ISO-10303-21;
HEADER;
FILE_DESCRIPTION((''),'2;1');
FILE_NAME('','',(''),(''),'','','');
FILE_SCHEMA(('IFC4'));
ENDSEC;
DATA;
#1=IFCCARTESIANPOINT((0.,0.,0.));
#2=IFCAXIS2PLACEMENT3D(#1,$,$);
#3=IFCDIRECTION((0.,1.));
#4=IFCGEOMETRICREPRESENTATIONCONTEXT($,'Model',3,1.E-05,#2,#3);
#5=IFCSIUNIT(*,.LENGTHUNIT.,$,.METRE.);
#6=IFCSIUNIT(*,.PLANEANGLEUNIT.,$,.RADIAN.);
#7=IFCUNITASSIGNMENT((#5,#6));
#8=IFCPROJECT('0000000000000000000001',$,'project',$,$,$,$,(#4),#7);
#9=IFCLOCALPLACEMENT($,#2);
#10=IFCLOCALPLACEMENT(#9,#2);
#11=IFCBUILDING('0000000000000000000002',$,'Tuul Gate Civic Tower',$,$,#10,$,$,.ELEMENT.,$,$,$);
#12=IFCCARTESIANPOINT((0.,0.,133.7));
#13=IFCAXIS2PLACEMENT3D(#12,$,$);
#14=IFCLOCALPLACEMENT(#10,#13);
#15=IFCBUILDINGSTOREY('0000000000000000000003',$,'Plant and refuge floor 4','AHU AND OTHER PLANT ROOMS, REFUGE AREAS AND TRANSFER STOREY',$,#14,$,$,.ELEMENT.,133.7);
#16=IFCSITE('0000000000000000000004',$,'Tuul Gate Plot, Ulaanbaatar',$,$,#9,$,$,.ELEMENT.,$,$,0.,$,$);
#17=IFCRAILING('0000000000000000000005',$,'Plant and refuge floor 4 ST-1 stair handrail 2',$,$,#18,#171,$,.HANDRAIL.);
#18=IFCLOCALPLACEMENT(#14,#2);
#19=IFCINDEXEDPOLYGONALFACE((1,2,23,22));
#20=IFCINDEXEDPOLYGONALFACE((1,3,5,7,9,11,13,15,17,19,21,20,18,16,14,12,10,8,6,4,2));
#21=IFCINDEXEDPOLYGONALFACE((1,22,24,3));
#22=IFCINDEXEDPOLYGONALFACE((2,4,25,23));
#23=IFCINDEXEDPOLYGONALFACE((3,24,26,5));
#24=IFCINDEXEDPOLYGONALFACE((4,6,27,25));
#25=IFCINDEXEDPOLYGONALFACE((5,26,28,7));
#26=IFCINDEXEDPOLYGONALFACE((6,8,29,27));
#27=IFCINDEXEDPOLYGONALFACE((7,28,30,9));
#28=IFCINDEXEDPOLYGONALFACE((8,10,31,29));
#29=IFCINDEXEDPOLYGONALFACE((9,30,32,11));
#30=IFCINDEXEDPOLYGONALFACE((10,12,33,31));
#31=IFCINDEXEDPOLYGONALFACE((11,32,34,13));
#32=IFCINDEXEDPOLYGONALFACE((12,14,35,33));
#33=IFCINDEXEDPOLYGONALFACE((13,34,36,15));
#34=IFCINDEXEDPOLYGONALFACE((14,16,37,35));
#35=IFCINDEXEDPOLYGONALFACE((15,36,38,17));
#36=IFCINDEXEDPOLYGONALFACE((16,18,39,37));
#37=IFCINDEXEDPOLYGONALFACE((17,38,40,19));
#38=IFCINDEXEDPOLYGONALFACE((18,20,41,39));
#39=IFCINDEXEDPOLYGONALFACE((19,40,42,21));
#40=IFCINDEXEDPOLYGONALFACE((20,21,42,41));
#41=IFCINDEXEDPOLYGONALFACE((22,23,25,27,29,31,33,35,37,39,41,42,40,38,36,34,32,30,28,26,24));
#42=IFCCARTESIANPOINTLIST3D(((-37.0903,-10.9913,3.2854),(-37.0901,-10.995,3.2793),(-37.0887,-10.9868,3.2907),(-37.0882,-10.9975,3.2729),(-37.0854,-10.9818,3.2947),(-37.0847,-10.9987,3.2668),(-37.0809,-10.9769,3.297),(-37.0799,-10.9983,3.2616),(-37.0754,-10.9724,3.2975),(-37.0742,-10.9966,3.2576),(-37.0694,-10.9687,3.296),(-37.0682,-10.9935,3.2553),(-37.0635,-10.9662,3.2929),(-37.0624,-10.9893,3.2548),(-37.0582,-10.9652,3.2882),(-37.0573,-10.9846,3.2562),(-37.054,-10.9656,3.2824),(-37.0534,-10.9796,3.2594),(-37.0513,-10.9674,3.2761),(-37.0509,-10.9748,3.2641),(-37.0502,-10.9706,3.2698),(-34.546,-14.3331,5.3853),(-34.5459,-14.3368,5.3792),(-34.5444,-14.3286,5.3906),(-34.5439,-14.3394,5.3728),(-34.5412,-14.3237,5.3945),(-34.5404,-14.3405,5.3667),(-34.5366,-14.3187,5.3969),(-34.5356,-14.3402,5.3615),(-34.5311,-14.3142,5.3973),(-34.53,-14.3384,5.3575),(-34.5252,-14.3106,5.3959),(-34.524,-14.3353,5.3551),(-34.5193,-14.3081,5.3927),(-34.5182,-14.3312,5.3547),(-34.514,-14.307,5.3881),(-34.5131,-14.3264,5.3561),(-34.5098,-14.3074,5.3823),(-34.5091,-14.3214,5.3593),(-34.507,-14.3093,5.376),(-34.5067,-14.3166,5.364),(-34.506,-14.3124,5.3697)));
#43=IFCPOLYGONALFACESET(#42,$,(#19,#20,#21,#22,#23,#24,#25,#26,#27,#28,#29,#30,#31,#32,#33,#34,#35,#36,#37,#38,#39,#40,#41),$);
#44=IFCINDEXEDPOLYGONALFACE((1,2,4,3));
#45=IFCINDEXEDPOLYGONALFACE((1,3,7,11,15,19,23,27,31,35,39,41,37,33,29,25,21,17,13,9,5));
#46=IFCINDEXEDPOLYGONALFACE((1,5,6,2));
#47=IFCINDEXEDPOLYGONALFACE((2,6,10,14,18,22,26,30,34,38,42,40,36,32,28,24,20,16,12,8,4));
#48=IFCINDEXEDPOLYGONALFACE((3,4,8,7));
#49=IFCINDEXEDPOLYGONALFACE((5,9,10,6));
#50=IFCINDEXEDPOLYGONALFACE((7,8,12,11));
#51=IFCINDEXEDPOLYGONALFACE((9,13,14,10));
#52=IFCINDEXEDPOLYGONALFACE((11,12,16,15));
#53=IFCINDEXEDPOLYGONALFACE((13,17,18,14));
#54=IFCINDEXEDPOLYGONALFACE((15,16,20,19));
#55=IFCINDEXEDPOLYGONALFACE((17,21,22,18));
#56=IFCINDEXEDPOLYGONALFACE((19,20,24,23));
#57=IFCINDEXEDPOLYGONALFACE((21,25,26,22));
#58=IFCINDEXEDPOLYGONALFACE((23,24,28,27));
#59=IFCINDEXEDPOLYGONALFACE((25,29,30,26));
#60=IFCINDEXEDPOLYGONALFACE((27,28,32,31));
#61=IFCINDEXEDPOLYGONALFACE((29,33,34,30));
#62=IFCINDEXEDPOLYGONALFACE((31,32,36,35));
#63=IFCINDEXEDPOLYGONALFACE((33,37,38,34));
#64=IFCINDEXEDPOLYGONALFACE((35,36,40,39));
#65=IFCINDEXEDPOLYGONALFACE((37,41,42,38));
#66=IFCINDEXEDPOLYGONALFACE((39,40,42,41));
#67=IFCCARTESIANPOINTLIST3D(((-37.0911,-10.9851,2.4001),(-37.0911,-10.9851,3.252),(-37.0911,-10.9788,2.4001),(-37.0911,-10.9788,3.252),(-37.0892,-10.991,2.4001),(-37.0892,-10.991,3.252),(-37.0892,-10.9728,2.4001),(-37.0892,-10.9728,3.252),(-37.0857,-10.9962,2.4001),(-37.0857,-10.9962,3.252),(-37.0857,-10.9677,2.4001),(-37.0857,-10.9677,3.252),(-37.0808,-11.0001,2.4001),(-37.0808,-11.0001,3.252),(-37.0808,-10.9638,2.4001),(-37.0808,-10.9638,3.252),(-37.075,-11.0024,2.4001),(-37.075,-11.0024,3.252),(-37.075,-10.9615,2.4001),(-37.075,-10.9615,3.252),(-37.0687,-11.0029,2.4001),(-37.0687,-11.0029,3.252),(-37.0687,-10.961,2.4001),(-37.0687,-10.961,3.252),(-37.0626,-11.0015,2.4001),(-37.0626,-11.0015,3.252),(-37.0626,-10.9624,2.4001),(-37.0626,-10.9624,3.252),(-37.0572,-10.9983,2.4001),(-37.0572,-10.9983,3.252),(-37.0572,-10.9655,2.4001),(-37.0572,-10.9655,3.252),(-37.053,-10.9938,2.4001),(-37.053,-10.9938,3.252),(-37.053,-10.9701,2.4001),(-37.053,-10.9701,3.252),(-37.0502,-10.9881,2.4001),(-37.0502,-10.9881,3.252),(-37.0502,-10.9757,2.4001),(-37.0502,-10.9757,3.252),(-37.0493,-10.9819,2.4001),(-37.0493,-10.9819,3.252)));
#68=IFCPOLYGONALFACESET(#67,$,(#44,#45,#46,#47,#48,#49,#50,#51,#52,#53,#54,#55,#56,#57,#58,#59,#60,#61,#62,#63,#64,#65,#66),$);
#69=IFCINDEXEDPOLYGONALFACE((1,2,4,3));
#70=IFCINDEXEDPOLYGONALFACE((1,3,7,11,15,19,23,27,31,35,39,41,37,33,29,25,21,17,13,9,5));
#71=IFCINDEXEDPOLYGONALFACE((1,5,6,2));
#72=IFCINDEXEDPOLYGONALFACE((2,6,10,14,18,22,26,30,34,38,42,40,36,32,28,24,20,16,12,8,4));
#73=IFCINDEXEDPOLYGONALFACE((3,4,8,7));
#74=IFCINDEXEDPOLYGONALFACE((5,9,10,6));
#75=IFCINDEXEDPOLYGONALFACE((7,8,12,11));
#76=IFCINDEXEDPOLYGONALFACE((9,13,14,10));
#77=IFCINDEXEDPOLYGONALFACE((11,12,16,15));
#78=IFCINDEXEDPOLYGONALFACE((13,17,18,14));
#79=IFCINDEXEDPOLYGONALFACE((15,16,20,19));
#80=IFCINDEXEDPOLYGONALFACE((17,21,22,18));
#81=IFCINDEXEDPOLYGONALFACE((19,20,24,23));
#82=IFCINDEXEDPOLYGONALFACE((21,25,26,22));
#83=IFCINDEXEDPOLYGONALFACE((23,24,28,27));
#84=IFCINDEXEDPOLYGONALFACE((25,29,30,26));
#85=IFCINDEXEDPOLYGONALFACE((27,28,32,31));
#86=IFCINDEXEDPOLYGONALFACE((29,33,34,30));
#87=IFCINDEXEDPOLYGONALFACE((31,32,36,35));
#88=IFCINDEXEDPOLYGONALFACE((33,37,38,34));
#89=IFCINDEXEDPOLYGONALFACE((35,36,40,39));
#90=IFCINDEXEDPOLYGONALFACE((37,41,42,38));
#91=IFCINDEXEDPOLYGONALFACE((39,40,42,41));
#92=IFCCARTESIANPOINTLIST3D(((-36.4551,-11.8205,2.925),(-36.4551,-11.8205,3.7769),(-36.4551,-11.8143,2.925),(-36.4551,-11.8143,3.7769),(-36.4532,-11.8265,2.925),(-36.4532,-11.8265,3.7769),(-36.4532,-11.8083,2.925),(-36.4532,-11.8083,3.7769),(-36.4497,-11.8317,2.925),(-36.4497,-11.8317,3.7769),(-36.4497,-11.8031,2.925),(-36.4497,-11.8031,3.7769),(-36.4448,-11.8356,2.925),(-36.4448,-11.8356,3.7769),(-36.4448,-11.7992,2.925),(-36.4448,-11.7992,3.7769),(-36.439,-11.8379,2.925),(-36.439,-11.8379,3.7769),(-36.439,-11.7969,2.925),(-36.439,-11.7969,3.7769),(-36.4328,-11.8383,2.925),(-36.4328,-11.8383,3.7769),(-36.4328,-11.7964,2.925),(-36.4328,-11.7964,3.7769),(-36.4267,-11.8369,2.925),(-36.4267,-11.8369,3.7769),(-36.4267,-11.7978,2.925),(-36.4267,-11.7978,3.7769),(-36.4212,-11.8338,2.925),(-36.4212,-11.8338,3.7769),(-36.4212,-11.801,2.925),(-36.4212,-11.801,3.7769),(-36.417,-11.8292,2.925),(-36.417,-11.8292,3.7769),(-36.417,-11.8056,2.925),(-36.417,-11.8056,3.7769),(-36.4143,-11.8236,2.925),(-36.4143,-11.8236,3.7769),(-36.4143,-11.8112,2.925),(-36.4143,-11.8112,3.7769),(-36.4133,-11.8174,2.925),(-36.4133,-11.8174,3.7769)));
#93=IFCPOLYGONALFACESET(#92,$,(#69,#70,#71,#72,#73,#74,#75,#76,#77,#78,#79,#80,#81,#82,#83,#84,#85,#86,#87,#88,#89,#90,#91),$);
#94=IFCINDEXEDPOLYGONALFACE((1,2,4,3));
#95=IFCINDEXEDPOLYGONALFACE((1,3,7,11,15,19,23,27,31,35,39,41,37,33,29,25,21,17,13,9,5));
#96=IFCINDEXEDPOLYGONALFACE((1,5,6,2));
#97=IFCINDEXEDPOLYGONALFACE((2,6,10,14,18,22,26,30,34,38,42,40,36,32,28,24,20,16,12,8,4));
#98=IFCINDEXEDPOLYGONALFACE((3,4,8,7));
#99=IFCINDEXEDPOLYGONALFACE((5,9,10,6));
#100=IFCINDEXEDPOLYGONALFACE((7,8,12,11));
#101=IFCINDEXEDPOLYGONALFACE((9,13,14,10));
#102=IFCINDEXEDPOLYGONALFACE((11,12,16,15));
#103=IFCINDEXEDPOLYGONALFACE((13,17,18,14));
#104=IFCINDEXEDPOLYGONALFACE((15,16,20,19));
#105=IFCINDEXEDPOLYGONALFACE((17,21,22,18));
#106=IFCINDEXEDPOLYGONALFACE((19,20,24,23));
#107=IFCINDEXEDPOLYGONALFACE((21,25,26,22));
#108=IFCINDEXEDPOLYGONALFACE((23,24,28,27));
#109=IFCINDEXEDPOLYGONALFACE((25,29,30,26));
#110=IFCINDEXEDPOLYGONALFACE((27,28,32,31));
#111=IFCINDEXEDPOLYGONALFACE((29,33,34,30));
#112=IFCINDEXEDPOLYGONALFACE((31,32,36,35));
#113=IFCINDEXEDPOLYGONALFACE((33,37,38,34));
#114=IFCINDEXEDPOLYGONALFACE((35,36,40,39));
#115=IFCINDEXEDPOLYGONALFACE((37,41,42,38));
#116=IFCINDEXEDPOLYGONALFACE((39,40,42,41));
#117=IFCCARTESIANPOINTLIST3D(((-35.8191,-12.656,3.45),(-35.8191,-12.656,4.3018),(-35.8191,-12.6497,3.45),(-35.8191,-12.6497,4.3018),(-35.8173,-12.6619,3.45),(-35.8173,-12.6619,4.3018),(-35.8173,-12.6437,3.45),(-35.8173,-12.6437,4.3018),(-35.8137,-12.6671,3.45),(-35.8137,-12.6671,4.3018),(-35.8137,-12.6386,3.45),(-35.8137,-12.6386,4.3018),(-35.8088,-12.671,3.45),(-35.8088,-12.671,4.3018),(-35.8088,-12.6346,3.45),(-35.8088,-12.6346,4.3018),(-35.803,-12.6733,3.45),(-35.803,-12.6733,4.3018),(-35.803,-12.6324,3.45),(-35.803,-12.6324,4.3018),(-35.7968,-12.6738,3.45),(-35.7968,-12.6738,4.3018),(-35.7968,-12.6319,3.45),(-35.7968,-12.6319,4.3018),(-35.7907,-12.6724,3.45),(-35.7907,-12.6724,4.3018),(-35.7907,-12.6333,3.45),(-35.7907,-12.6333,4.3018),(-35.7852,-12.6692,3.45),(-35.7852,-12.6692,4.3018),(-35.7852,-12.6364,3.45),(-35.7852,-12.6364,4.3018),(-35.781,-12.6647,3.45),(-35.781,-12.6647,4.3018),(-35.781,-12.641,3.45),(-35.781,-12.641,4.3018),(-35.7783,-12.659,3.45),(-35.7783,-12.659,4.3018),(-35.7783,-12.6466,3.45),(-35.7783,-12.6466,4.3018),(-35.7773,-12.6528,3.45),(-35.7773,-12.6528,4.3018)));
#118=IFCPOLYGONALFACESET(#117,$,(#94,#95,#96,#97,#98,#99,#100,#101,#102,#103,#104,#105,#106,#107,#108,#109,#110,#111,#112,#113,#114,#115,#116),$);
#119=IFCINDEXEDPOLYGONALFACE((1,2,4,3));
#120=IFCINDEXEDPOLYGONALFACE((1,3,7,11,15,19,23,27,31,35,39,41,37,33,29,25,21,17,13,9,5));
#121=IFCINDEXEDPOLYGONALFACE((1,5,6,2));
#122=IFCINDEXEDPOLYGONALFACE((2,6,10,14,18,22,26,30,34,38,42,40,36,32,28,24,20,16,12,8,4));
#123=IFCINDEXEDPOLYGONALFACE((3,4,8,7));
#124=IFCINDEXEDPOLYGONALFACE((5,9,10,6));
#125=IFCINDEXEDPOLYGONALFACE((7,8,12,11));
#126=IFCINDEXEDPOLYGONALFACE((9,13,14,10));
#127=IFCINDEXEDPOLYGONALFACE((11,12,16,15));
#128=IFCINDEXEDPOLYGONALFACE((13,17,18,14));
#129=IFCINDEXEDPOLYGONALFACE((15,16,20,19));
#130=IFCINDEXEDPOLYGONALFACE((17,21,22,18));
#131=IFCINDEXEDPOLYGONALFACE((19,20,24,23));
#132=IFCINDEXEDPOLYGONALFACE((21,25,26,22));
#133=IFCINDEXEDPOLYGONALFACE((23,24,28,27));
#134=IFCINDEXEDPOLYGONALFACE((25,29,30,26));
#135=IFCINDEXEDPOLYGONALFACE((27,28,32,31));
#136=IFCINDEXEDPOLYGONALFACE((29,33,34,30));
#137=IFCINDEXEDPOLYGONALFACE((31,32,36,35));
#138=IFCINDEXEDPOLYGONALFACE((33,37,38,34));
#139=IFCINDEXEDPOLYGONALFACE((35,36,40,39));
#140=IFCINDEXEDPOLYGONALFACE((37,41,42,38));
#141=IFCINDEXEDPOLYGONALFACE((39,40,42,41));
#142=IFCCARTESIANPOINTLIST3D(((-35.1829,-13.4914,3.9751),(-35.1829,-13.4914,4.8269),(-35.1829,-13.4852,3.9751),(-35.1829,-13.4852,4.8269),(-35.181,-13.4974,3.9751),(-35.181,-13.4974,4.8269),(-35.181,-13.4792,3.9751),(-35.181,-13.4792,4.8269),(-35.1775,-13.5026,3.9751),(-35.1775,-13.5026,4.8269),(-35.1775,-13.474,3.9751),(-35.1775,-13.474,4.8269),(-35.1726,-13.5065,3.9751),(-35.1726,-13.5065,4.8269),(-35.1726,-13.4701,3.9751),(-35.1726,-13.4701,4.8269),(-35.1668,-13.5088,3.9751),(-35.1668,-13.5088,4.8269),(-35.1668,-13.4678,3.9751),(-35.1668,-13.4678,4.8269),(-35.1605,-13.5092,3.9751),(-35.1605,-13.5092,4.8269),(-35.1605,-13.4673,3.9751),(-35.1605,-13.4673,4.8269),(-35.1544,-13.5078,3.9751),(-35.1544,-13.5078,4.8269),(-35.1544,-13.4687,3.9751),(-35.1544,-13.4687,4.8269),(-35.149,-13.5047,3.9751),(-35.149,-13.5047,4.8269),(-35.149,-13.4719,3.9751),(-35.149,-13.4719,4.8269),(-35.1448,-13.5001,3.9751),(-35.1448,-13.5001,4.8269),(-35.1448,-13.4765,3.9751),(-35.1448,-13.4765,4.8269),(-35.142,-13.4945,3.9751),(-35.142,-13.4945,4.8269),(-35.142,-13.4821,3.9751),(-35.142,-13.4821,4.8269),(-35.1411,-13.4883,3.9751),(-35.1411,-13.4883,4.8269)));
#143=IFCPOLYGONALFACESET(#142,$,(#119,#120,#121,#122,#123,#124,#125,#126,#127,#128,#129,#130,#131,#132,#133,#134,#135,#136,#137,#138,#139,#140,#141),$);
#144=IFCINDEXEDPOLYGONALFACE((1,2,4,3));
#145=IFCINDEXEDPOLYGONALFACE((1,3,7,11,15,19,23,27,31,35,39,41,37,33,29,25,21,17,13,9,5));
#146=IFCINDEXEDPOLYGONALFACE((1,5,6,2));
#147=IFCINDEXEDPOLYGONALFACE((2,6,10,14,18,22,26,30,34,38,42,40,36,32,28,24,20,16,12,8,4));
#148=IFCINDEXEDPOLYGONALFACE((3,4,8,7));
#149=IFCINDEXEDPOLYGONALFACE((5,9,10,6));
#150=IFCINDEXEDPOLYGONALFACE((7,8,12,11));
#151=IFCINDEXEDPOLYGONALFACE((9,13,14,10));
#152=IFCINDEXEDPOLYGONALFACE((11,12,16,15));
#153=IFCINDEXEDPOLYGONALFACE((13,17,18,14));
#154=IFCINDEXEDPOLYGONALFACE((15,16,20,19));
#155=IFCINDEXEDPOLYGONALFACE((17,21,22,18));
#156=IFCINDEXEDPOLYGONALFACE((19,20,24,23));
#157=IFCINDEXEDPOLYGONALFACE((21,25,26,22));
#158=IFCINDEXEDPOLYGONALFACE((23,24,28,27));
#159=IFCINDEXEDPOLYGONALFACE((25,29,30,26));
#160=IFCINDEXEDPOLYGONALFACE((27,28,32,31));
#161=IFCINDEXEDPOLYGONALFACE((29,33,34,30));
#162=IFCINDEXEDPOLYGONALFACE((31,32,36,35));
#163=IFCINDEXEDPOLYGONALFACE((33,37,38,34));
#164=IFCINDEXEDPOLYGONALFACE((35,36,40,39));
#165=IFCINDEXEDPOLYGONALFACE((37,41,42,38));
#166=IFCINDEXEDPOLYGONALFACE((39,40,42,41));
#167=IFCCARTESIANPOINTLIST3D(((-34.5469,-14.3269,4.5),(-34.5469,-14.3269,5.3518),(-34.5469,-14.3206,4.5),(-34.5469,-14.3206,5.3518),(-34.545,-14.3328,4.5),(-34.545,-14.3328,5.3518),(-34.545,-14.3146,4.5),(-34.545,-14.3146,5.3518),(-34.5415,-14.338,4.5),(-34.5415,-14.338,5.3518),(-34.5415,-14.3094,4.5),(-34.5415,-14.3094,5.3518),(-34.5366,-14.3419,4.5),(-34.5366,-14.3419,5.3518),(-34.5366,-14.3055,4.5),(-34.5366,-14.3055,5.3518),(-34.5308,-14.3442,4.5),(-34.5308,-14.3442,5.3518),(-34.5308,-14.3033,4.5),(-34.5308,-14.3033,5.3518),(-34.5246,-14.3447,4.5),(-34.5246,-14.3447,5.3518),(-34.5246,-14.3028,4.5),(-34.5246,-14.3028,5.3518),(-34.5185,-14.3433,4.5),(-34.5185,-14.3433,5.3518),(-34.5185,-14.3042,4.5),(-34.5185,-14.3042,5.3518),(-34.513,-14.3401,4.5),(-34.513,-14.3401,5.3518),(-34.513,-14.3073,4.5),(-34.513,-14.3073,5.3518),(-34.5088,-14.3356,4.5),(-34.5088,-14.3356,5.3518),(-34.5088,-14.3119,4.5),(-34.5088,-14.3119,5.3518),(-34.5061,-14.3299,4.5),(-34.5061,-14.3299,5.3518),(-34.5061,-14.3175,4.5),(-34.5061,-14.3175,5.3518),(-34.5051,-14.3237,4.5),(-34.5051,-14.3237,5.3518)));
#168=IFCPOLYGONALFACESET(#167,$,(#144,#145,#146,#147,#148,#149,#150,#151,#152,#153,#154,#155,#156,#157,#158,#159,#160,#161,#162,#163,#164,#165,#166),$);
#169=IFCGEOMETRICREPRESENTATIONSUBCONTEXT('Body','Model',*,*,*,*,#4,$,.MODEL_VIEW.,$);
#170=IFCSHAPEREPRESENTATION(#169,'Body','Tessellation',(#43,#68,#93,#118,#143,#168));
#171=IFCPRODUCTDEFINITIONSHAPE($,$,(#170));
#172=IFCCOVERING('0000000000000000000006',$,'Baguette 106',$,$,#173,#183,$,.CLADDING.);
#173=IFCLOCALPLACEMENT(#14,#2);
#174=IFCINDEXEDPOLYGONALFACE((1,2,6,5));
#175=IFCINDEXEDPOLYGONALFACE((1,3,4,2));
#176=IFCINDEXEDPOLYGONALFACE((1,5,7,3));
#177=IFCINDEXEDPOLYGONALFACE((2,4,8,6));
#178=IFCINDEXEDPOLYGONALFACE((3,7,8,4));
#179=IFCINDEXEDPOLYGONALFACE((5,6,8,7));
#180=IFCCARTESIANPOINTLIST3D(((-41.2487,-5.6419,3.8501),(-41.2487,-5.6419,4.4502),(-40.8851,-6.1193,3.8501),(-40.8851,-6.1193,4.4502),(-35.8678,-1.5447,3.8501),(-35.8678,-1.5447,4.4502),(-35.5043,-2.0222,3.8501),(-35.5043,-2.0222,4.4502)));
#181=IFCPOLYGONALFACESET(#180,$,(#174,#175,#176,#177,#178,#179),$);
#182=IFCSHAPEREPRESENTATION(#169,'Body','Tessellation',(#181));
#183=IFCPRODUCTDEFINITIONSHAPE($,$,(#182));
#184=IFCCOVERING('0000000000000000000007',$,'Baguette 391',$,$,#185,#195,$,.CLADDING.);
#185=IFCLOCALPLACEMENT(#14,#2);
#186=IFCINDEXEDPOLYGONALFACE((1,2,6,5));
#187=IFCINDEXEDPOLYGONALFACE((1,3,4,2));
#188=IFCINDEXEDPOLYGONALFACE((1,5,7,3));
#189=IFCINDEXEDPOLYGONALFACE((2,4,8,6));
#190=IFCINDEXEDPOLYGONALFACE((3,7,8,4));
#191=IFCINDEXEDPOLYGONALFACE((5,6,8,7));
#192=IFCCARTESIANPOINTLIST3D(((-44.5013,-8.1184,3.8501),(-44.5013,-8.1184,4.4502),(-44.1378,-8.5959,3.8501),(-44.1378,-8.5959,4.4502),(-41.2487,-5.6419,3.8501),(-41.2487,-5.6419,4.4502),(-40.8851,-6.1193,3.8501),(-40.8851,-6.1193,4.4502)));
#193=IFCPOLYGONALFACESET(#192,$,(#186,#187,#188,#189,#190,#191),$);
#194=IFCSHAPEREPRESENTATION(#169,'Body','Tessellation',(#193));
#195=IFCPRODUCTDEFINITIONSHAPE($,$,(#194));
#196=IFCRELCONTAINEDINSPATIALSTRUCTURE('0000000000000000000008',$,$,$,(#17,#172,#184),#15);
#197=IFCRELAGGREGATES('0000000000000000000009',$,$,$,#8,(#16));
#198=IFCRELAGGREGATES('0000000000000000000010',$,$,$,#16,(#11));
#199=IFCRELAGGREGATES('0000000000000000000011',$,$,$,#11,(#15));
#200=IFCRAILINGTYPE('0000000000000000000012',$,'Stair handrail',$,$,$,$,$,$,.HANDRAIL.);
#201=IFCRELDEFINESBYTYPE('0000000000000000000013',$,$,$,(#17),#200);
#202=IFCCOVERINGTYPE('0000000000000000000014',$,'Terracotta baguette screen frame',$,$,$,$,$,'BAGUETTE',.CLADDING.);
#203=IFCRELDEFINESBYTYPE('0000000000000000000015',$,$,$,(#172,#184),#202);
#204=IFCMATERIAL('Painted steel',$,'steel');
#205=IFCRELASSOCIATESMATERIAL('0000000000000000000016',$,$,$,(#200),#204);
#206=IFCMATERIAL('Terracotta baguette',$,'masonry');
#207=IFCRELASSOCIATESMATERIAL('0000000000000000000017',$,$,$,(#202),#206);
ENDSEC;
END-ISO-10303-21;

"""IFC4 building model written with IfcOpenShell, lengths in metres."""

from ifc_helpers import new_model, si_unit, direction, frame, origin, origin_2d, place, context, subcontext, project, spatial, rectangle, circle, extrude, material, material_profile, profile_set, type_object, element, save


model = new_model("IFC4")

# Units and contexts
model_context = context("Model", 3, precision=1e-05, world=origin(), true_north=direction((0.0, 1.0)))
body_context = subcontext(model_context, "Body", "Model", "MODEL_VIEW")
ifc_project = project(units=[si_unit("LENGTHUNIT", "METRE"), si_unit("PLANEANGLEUNIT", "RADIAN")], contexts=[model_context])

# Site, building, storey
site_placement = place(None, origin())
site = spatial("IfcSite", under=ifc_project, at=site_placement, Name="Tuul Gate Plot, Ulaanbaatar", CompositionType="ELEMENT", RefElevation=0.0)
building_placement = place(site_placement, origin())
building = spatial("IfcBuilding", under=site, at=building_placement, Name="Tuul Gate Civic Tower", CompositionType="ELEMENT")
storey_placement = place(building_placement, frame((0.0, 0.0, 133.7)))
storey = spatial("IfcBuildingStorey", under=building, at=storey_placement, Name="Plant and refuge floor 4", Description="AHU AND OTHER PLANT ROOMS, REFUGE AREAS AND TRANSFER STOREY", CompositionType="ELEMENT", Elevation=133.7)

# Railing
ifc_material_1 = material(Name="Painted steel", Category="steel")
railing_type = type_object("IfcRailingType", Name="Stair handrail", PredefinedType="HANDRAIL", material=ifc_material_1)
railing_placement = place(storey_placement, frame((-37.0703, -10.9819, 2.4001)))
element("IfcRailing", 1, at=railing_placement, inside=storey, type_object=railing_type, Name="Plant and refuge floor 4 ST-1 stair handrail 2", PredefinedType="HANDRAIL", context=body_context, shape_type="SweptSolid", body=[
    extrude(circle(Radius=0.0239, at=origin_2d()), frame((0.0, 0.0, 0.876), z_axis=(0.541809, -0.711667, 0.447184), x_axis=(0.795655, 0.605751, 0.0)), (0.0, 0.0, 1.0), 4.6958),
    extrude(circle(Radius=0.021, at=origin_2d()), origin(), (0.0, 0.0, 1.0), 0.8518),
    extrude(circle(Radius=0.021, at=origin_2d()), frame((0.636, -0.8354, 0.5249)), (0.0, 0.0, 1.0), 0.8518),
    extrude(circle(Radius=0.021, at=origin_2d()), frame((1.272, -1.6709, 1.0498)), (0.0, 0.0, 1.0), 0.8518),
    extrude(circle(Radius=0.021, at=origin_2d()), frame((1.9082, -2.5063, 1.575)), (0.0, 0.0, 1.0), 0.8518),
    extrude(circle(Radius=0.021, at=origin_2d()), frame((2.5442, -3.3418, 2.0999)), (0.0, 0.0, 1.0), 0.8518),
])

# Coverings
ifc_material_2 = material(Name="Terracotta baguette", Category="masonry")
ifc_material_profile_1 = material_profile(ifc_material_2, rectangle(XDim=0.6001, YDim=0.6001, at=origin_2d()), Name="Terracotta baguette screen frame")
ifc_profile_set_1 = profile_set([ifc_material_profile_1], Name="Terracotta baguette")
covering_type = type_object("IfcCoveringType", Name="Terracotta baguette screen frame", ElementType="BAGUETTE", PredefinedType="CLADDING", material=ifc_profile_set_1)
covering_1_placement = place(storey_placement, frame((-35.686, -1.7834, 4.1501), z_axis=(-0.795612, -0.605806, 0.0), x_axis=(0.605806, -0.795612, 0.0)))
element("IfcCovering", 2, at=covering_1_placement, inside=storey, type_object=covering_type, Name="Baguette 106", PredefinedType="CLADDING", context=body_context, shape_type="SweptSolid", body=[
    extrude(rectangle(XDim=0.6001, YDim=0.6001, at=origin_2d()), origin(), (0.0, 0.0, 1.0), 6.7632),
])
covering_2_placement = place(storey_placement, frame((-41.0669, -5.8806, 4.1501), z_axis=(-0.795629, -0.605784, 0.0), x_axis=(0.605784, -0.795629, 0.0)))
element("IfcCovering", 3, at=covering_2_placement, inside=storey, type_object=covering_type, Name="Baguette 391", PredefinedType="CLADDING", context=body_context, shape_type="SweptSolid", body=[
    extrude(rectangle(XDim=0.6001, YDim=0.6001, at=origin_2d()), origin(), (0.0, 0.0, 1.0), 4.0881),
])

save(model, "model.ifc")
